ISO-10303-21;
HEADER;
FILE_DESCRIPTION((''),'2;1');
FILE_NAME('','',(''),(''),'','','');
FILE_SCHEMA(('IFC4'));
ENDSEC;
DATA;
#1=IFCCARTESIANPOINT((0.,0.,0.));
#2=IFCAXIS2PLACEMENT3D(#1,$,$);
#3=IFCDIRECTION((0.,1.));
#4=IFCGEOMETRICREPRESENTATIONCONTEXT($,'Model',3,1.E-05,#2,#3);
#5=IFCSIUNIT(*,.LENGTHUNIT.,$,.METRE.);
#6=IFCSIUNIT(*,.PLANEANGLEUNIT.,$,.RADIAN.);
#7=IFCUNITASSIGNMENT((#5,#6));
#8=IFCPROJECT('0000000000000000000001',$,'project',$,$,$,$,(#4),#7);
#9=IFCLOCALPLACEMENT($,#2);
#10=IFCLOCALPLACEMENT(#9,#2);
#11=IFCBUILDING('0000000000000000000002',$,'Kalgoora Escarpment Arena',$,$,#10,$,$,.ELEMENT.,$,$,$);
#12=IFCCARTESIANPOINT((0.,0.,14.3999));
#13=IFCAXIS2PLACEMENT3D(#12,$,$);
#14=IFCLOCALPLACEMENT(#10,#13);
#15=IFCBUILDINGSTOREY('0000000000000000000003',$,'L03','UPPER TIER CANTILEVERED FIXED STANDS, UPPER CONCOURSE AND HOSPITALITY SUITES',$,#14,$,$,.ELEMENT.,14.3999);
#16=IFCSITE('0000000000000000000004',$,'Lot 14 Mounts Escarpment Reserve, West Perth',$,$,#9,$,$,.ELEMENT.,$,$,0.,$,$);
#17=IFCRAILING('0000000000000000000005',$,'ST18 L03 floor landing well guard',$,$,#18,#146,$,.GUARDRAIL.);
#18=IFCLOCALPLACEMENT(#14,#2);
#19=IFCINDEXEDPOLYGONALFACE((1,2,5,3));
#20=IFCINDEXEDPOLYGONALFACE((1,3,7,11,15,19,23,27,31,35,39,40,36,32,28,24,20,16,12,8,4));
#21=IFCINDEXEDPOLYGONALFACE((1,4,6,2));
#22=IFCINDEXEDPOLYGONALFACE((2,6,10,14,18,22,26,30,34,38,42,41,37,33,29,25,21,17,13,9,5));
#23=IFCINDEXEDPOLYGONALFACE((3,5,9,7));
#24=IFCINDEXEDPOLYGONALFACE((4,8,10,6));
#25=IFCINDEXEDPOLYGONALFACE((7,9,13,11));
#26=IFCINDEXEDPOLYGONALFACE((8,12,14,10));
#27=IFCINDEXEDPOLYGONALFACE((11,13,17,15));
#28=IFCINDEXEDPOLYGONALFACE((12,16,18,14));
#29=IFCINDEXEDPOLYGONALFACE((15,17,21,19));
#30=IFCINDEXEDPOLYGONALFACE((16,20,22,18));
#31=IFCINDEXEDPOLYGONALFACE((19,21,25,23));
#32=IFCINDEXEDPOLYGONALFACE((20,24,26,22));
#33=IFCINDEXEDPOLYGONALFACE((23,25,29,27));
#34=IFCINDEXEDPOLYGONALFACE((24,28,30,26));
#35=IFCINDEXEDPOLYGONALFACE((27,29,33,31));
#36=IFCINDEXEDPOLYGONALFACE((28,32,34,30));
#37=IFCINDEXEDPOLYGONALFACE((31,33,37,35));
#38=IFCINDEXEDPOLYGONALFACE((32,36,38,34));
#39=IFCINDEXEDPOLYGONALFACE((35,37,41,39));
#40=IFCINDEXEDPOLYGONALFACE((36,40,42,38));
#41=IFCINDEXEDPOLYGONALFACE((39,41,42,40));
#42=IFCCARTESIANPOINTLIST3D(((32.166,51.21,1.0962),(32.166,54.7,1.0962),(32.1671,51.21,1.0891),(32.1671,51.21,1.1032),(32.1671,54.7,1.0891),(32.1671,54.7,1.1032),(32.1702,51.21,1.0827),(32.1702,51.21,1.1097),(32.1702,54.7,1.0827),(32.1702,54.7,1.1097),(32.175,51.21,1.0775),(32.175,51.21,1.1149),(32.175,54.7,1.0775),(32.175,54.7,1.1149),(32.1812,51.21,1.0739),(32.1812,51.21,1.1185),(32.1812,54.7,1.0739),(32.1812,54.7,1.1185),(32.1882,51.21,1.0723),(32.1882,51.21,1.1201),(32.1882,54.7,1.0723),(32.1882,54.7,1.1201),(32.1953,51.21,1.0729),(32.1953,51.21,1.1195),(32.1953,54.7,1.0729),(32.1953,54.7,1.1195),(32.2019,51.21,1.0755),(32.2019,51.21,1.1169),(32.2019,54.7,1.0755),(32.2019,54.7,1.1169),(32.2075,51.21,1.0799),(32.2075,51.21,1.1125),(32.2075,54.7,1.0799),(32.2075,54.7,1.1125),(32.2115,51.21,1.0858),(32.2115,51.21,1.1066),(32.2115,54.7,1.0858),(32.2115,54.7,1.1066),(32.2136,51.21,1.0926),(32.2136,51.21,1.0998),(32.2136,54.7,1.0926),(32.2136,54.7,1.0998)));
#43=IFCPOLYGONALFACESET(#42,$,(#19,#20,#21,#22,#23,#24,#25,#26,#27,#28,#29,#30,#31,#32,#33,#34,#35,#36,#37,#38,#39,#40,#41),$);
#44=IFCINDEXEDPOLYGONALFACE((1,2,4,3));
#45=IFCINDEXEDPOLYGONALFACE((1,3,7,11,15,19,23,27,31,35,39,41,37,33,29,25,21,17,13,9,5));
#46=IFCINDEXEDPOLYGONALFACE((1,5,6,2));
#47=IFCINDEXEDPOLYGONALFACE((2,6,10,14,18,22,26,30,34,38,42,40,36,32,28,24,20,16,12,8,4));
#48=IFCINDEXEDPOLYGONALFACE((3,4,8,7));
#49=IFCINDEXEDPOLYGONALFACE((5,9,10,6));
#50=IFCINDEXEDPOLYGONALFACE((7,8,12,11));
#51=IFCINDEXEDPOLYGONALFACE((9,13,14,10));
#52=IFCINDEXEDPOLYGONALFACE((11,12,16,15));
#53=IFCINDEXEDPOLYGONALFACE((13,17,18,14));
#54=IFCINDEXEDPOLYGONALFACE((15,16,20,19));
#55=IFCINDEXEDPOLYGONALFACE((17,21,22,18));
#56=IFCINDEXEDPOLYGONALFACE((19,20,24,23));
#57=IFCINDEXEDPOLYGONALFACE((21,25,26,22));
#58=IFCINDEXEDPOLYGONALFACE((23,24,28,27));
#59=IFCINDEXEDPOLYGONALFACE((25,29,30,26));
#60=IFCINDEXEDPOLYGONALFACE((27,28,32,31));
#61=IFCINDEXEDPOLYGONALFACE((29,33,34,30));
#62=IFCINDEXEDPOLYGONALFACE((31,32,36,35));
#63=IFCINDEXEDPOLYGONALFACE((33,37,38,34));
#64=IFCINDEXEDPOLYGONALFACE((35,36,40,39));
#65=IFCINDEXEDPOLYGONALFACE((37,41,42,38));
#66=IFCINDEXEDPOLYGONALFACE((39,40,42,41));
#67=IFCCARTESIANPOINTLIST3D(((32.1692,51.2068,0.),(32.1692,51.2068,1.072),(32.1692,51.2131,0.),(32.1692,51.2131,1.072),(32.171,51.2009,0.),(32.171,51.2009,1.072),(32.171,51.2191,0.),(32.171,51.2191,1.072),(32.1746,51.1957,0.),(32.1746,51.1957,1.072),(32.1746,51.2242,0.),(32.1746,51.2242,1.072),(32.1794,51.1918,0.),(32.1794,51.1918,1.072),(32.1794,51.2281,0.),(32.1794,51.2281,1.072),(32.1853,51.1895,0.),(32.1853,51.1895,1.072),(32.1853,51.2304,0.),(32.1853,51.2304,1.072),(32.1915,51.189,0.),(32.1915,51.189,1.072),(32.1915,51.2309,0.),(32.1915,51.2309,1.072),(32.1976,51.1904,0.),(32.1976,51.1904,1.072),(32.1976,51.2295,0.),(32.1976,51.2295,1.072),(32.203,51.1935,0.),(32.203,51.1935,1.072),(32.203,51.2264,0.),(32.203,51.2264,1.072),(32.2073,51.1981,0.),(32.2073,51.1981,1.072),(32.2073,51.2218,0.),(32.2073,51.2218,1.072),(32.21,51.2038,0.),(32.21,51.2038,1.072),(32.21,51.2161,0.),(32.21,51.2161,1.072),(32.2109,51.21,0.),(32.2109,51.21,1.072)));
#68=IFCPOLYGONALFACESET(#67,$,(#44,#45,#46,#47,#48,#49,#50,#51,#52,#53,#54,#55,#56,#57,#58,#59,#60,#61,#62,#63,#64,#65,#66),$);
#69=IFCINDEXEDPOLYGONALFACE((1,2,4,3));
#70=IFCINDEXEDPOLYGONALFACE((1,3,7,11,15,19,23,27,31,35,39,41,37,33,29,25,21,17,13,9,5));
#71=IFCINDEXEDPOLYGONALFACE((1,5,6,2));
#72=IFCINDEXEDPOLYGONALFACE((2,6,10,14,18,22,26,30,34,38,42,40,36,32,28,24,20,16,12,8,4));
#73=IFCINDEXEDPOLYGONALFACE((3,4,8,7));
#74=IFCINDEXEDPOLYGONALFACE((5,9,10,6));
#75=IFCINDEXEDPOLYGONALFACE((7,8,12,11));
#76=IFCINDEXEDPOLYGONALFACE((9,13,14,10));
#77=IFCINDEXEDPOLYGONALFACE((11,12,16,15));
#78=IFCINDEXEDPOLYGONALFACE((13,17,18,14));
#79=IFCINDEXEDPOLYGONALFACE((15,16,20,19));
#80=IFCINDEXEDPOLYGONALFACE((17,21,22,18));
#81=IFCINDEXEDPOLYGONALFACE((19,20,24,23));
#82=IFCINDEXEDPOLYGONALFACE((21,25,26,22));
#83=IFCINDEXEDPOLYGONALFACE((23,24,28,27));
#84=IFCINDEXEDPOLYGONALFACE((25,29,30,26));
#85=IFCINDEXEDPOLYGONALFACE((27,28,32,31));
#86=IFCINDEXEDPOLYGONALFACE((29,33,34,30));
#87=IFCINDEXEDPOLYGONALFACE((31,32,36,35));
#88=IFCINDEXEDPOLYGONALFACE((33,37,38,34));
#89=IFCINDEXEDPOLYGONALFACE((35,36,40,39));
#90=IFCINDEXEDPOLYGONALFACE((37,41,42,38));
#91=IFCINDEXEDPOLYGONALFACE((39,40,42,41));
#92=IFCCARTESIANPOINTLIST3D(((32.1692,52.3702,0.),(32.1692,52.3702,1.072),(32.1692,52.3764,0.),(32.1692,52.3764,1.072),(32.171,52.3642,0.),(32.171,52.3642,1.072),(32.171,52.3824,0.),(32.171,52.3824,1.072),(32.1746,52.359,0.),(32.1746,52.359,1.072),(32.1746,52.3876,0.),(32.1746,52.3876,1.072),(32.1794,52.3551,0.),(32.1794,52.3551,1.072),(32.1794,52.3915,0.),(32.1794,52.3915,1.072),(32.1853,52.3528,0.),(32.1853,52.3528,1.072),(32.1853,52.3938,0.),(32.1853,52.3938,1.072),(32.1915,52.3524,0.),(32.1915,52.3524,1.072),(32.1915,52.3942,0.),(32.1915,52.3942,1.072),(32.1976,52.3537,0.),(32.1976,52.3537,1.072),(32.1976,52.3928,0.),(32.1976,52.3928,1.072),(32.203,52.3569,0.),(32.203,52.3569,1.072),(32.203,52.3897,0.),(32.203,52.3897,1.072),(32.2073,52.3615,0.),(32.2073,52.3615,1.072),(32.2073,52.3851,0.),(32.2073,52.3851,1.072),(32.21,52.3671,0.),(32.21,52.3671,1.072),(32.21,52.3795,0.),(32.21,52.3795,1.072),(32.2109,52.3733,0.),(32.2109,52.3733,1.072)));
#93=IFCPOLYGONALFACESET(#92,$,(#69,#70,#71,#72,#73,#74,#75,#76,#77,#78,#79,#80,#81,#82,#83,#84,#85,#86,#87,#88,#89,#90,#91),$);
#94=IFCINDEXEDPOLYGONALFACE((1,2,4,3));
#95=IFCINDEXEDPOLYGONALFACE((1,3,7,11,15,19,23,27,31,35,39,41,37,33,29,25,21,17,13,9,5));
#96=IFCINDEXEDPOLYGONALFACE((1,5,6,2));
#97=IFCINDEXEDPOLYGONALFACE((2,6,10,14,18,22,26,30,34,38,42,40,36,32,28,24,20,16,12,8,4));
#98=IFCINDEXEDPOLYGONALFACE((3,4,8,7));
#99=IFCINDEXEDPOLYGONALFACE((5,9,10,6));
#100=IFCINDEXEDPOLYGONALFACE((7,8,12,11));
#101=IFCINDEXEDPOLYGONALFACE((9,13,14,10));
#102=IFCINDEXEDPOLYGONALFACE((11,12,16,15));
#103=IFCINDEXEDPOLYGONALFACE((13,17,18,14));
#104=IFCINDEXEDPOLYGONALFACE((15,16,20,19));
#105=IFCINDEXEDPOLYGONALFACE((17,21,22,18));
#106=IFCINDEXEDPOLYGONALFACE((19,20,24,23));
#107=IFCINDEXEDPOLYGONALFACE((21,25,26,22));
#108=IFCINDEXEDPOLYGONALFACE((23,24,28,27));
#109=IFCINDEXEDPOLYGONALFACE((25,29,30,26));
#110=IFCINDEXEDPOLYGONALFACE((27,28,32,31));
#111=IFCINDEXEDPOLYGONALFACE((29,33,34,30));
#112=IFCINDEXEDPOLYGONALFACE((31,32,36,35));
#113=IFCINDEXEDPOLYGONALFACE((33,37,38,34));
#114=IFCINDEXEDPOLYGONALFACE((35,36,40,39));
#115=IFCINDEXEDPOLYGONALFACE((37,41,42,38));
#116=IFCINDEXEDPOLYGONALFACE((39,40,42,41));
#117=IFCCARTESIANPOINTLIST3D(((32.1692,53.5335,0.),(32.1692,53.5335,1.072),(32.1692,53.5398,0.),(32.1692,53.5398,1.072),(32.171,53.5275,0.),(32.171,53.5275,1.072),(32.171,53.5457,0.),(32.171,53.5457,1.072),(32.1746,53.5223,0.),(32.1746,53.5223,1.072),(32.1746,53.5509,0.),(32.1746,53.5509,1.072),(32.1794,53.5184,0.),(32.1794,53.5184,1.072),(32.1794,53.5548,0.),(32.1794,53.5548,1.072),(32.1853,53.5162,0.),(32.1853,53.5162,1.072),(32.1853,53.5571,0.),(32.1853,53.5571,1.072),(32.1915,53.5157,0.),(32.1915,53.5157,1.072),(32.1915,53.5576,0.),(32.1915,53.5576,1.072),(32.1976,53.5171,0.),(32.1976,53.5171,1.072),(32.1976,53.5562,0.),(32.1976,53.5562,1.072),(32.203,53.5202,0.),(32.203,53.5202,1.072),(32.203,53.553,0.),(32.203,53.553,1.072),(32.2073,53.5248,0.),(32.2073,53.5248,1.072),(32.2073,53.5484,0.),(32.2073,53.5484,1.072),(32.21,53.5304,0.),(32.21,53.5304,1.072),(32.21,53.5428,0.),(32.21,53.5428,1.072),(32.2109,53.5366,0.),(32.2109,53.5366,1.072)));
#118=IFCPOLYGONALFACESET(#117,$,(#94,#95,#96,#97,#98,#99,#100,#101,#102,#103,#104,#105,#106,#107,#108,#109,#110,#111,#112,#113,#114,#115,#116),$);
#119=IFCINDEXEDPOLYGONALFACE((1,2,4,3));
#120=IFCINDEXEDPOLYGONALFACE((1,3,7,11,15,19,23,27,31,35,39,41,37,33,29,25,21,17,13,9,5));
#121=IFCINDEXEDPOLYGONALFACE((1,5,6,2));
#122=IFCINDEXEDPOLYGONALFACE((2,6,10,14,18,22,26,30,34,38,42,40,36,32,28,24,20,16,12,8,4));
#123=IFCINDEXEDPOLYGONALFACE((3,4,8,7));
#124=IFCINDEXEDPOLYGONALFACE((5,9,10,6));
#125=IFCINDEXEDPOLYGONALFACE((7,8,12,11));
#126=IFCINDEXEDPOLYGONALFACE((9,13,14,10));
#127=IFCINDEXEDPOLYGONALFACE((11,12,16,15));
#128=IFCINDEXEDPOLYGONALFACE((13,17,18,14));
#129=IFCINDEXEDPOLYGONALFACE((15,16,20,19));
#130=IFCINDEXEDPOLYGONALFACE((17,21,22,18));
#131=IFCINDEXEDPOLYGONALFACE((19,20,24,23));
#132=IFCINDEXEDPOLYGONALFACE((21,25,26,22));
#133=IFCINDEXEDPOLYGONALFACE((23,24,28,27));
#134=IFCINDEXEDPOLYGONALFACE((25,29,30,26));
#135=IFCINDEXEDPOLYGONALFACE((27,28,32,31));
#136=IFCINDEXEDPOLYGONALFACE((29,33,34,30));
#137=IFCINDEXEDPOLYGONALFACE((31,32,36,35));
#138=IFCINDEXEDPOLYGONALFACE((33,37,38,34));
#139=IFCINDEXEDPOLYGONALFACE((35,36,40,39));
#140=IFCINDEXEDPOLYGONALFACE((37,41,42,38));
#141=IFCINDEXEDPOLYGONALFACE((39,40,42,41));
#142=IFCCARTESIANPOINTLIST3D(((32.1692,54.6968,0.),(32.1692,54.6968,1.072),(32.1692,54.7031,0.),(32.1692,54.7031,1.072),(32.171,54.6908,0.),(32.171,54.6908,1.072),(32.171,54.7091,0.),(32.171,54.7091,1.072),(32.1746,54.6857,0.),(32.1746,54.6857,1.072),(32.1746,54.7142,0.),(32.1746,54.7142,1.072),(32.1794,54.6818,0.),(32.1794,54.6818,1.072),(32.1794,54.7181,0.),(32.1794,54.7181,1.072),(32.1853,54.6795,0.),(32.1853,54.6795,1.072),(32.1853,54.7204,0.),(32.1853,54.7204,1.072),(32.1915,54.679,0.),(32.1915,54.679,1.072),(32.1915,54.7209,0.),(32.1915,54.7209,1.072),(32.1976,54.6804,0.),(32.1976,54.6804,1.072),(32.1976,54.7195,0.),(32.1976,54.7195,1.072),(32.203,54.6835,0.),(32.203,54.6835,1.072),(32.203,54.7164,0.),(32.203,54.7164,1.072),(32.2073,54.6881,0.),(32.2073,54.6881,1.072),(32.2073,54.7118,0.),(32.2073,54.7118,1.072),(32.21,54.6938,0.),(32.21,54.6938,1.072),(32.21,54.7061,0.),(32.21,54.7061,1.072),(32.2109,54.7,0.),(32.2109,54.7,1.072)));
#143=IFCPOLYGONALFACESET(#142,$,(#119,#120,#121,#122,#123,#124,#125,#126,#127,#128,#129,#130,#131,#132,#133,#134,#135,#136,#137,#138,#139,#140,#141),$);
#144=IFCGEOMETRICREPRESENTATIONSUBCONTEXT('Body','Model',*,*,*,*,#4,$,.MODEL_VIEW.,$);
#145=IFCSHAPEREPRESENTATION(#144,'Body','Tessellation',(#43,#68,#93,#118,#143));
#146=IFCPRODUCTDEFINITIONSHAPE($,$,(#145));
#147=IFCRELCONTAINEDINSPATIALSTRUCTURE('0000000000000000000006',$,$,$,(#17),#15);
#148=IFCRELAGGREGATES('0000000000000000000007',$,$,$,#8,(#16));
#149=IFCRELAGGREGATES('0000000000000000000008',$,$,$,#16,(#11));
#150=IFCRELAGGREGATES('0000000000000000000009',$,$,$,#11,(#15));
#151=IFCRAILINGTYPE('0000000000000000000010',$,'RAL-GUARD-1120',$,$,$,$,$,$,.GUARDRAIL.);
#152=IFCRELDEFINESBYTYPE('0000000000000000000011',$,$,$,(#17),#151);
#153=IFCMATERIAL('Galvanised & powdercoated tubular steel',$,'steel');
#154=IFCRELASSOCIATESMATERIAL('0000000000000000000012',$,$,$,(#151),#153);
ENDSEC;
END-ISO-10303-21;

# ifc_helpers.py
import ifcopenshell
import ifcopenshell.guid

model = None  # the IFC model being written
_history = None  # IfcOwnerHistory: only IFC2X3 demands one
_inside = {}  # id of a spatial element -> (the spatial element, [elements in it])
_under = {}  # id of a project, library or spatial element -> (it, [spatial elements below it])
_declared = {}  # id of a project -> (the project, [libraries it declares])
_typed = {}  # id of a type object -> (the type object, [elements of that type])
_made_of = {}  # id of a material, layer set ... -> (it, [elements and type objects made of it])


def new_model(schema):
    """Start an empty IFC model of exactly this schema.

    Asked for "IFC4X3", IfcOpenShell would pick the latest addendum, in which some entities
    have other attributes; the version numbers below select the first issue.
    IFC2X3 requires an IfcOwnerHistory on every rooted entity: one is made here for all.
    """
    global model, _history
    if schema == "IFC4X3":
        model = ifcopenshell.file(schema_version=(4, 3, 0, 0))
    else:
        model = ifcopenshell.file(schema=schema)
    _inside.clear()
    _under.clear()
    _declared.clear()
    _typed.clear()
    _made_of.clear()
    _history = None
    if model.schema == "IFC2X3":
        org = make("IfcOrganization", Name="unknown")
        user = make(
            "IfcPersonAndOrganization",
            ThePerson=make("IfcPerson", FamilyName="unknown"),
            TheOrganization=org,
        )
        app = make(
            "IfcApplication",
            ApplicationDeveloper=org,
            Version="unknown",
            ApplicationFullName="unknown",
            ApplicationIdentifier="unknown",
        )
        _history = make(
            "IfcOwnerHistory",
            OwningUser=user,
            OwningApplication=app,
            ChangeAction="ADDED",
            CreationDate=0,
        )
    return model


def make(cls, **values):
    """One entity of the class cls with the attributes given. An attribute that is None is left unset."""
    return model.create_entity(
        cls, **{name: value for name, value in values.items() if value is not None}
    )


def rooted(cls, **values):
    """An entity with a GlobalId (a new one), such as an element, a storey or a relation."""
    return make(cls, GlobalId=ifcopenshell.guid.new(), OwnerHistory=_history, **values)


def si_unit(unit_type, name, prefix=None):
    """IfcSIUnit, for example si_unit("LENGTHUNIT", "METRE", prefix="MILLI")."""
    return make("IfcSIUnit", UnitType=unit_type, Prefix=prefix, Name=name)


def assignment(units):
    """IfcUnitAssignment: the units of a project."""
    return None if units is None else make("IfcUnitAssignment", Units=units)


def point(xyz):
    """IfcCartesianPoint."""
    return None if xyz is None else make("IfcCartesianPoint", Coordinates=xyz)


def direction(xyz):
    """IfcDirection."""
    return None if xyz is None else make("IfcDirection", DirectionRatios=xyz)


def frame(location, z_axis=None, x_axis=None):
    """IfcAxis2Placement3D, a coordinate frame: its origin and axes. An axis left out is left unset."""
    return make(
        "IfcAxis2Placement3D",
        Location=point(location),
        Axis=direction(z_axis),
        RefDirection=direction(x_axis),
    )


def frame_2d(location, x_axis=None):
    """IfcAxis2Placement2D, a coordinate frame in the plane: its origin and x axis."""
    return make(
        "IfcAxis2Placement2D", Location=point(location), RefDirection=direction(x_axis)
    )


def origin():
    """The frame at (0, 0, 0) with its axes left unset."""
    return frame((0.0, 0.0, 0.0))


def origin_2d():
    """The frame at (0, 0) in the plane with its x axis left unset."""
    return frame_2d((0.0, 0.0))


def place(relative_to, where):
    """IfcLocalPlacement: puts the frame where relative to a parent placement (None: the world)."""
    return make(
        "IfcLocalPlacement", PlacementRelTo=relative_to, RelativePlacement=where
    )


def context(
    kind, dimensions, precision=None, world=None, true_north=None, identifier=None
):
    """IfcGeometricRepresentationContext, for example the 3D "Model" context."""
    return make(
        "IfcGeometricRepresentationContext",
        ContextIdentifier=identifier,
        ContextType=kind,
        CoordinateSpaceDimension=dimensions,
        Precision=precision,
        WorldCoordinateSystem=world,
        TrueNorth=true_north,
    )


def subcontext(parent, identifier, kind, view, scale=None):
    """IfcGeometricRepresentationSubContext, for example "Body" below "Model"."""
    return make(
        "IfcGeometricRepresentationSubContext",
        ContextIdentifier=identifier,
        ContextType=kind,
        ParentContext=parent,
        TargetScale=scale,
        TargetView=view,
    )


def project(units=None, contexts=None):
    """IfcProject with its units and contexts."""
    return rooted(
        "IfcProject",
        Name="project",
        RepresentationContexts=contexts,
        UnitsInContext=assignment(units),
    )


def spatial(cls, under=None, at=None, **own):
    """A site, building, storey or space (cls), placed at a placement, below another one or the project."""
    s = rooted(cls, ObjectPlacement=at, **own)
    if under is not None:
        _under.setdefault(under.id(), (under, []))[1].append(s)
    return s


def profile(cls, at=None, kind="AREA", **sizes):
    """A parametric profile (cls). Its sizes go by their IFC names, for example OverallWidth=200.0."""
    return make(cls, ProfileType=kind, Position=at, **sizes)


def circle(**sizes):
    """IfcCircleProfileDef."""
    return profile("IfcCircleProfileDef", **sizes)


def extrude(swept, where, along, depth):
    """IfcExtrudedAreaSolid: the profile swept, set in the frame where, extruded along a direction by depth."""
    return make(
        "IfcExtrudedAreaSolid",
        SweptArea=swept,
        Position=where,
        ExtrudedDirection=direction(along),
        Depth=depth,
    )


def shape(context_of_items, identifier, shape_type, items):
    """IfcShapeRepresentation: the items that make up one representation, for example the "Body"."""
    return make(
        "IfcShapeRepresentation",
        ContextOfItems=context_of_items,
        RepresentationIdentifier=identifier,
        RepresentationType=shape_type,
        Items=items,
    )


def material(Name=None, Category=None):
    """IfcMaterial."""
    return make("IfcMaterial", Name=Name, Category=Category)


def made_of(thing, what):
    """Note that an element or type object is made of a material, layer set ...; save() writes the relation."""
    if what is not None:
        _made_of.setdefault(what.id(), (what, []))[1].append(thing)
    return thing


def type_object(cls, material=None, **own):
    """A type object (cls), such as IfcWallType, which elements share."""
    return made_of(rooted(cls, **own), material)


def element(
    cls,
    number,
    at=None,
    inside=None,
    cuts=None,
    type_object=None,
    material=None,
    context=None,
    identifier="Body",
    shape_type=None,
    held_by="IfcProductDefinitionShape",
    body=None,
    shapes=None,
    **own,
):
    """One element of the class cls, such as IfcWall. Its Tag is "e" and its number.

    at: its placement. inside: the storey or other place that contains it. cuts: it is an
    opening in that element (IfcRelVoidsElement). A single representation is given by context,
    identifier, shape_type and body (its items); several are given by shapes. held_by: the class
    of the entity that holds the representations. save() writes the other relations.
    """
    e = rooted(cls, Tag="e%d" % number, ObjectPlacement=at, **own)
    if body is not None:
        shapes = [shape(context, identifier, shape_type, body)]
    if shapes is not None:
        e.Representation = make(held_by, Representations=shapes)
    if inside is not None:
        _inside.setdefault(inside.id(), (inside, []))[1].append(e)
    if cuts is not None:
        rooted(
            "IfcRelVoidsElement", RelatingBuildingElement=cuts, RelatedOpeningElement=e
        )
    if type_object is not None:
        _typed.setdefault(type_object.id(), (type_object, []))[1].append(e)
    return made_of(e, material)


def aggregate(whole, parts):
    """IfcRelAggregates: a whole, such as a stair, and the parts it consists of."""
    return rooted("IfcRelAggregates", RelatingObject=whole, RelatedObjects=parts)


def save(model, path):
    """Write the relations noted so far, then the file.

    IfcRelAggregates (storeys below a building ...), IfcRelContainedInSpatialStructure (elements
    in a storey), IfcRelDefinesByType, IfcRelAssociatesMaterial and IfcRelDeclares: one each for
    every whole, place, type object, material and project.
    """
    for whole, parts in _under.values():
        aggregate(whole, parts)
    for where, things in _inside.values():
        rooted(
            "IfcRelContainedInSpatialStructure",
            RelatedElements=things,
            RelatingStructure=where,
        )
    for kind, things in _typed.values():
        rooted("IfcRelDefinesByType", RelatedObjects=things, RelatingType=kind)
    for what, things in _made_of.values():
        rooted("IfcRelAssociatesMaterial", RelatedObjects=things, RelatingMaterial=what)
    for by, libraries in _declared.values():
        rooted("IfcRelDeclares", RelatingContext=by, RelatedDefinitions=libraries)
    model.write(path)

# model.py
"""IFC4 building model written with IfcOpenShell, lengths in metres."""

from ifc_helpers import new_model, si_unit, direction, frame, origin, origin_2d, place, context, subcontext, project, spatial, circle, extrude, material, type_object, element, save


model = new_model("IFC4")

# Units and contexts
model_context = context("Model", 3, precision=1e-05, world=origin(), true_north=direction((0.0, 1.0)))
body_context = subcontext(model_context, "Body", "Model", "MODEL_VIEW")
ifc_project = project(units=[si_unit("LENGTHUNIT", "METRE"), si_unit("PLANEANGLEUNIT", "RADIAN")], contexts=[model_context])

# Site, building, storey
site_placement = place(None, origin())
site = spatial("IfcSite", under=ifc_project, at=site_placement, Name="Lot 14 Mounts Escarpment Reserve, West Perth", CompositionType="ELEMENT", RefElevation=0.0)
building_placement = place(site_placement, origin())
building = spatial("IfcBuilding", under=site, at=building_placement, Name="Kalgoora Escarpment Arena", CompositionType="ELEMENT")
storey_placement = place(building_placement, frame((0.0, 0.0, 14.3999)))
storey = spatial("IfcBuildingStorey", under=building, at=storey_placement, Name="L03", Description="UPPER TIER CANTILEVERED FIXED STANDS, UPPER CONCOURSE AND HOSPITALITY SUITES", CompositionType="ELEMENT", Elevation=14.3999)

# Railing
ifc_material_1 = material(Name="Galvanised & powdercoated tubular steel", Category="steel")
railing_type_1 = type_object("IfcRailingType", Name="RAL-GUARD-1120", PredefinedType="GUARDRAIL", material=ifc_material_1)
railing_1_placement = place(storey_placement, frame((32.1899, 51.21, 0.0)))
element("IfcRailing", 1, at=railing_1_placement, inside=storey, type_object=railing_type_1, Name="ST18 L03 floor landing well guard", PredefinedType="GUARDRAIL", context=body_context, shape_type="SweptSolid", body=[
    extrude(circle(Radius=0.0239, at=origin_2d()), frame((0.0, 0.0, 1.0962), z_axis=(0.0, 1.0, 0.0), x_axis=(-1.0, 0.0, 0.0)), (0.0, 0.0, 1.0), 3.49),
    extrude(circle(Radius=0.021, at=origin_2d()), origin(), (0.0, 0.0, 1.0), 1.072),
    extrude(circle(Radius=0.021, at=origin_2d()), frame((0.0, 1.1633, 0.0)), (0.0, 0.0, 1.0), 1.072),
    extrude(circle(Radius=0.021, at=origin_2d()), frame((0.0, 2.3267, 0.0)), (0.0, 0.0, 1.0), 1.072),
    extrude(circle(Radius=0.021, at=origin_2d()), frame((0.0, 3.49, 0.0)), (0.0, 0.0, 1.0), 1.072),
])

save(model, "model.ifc")
